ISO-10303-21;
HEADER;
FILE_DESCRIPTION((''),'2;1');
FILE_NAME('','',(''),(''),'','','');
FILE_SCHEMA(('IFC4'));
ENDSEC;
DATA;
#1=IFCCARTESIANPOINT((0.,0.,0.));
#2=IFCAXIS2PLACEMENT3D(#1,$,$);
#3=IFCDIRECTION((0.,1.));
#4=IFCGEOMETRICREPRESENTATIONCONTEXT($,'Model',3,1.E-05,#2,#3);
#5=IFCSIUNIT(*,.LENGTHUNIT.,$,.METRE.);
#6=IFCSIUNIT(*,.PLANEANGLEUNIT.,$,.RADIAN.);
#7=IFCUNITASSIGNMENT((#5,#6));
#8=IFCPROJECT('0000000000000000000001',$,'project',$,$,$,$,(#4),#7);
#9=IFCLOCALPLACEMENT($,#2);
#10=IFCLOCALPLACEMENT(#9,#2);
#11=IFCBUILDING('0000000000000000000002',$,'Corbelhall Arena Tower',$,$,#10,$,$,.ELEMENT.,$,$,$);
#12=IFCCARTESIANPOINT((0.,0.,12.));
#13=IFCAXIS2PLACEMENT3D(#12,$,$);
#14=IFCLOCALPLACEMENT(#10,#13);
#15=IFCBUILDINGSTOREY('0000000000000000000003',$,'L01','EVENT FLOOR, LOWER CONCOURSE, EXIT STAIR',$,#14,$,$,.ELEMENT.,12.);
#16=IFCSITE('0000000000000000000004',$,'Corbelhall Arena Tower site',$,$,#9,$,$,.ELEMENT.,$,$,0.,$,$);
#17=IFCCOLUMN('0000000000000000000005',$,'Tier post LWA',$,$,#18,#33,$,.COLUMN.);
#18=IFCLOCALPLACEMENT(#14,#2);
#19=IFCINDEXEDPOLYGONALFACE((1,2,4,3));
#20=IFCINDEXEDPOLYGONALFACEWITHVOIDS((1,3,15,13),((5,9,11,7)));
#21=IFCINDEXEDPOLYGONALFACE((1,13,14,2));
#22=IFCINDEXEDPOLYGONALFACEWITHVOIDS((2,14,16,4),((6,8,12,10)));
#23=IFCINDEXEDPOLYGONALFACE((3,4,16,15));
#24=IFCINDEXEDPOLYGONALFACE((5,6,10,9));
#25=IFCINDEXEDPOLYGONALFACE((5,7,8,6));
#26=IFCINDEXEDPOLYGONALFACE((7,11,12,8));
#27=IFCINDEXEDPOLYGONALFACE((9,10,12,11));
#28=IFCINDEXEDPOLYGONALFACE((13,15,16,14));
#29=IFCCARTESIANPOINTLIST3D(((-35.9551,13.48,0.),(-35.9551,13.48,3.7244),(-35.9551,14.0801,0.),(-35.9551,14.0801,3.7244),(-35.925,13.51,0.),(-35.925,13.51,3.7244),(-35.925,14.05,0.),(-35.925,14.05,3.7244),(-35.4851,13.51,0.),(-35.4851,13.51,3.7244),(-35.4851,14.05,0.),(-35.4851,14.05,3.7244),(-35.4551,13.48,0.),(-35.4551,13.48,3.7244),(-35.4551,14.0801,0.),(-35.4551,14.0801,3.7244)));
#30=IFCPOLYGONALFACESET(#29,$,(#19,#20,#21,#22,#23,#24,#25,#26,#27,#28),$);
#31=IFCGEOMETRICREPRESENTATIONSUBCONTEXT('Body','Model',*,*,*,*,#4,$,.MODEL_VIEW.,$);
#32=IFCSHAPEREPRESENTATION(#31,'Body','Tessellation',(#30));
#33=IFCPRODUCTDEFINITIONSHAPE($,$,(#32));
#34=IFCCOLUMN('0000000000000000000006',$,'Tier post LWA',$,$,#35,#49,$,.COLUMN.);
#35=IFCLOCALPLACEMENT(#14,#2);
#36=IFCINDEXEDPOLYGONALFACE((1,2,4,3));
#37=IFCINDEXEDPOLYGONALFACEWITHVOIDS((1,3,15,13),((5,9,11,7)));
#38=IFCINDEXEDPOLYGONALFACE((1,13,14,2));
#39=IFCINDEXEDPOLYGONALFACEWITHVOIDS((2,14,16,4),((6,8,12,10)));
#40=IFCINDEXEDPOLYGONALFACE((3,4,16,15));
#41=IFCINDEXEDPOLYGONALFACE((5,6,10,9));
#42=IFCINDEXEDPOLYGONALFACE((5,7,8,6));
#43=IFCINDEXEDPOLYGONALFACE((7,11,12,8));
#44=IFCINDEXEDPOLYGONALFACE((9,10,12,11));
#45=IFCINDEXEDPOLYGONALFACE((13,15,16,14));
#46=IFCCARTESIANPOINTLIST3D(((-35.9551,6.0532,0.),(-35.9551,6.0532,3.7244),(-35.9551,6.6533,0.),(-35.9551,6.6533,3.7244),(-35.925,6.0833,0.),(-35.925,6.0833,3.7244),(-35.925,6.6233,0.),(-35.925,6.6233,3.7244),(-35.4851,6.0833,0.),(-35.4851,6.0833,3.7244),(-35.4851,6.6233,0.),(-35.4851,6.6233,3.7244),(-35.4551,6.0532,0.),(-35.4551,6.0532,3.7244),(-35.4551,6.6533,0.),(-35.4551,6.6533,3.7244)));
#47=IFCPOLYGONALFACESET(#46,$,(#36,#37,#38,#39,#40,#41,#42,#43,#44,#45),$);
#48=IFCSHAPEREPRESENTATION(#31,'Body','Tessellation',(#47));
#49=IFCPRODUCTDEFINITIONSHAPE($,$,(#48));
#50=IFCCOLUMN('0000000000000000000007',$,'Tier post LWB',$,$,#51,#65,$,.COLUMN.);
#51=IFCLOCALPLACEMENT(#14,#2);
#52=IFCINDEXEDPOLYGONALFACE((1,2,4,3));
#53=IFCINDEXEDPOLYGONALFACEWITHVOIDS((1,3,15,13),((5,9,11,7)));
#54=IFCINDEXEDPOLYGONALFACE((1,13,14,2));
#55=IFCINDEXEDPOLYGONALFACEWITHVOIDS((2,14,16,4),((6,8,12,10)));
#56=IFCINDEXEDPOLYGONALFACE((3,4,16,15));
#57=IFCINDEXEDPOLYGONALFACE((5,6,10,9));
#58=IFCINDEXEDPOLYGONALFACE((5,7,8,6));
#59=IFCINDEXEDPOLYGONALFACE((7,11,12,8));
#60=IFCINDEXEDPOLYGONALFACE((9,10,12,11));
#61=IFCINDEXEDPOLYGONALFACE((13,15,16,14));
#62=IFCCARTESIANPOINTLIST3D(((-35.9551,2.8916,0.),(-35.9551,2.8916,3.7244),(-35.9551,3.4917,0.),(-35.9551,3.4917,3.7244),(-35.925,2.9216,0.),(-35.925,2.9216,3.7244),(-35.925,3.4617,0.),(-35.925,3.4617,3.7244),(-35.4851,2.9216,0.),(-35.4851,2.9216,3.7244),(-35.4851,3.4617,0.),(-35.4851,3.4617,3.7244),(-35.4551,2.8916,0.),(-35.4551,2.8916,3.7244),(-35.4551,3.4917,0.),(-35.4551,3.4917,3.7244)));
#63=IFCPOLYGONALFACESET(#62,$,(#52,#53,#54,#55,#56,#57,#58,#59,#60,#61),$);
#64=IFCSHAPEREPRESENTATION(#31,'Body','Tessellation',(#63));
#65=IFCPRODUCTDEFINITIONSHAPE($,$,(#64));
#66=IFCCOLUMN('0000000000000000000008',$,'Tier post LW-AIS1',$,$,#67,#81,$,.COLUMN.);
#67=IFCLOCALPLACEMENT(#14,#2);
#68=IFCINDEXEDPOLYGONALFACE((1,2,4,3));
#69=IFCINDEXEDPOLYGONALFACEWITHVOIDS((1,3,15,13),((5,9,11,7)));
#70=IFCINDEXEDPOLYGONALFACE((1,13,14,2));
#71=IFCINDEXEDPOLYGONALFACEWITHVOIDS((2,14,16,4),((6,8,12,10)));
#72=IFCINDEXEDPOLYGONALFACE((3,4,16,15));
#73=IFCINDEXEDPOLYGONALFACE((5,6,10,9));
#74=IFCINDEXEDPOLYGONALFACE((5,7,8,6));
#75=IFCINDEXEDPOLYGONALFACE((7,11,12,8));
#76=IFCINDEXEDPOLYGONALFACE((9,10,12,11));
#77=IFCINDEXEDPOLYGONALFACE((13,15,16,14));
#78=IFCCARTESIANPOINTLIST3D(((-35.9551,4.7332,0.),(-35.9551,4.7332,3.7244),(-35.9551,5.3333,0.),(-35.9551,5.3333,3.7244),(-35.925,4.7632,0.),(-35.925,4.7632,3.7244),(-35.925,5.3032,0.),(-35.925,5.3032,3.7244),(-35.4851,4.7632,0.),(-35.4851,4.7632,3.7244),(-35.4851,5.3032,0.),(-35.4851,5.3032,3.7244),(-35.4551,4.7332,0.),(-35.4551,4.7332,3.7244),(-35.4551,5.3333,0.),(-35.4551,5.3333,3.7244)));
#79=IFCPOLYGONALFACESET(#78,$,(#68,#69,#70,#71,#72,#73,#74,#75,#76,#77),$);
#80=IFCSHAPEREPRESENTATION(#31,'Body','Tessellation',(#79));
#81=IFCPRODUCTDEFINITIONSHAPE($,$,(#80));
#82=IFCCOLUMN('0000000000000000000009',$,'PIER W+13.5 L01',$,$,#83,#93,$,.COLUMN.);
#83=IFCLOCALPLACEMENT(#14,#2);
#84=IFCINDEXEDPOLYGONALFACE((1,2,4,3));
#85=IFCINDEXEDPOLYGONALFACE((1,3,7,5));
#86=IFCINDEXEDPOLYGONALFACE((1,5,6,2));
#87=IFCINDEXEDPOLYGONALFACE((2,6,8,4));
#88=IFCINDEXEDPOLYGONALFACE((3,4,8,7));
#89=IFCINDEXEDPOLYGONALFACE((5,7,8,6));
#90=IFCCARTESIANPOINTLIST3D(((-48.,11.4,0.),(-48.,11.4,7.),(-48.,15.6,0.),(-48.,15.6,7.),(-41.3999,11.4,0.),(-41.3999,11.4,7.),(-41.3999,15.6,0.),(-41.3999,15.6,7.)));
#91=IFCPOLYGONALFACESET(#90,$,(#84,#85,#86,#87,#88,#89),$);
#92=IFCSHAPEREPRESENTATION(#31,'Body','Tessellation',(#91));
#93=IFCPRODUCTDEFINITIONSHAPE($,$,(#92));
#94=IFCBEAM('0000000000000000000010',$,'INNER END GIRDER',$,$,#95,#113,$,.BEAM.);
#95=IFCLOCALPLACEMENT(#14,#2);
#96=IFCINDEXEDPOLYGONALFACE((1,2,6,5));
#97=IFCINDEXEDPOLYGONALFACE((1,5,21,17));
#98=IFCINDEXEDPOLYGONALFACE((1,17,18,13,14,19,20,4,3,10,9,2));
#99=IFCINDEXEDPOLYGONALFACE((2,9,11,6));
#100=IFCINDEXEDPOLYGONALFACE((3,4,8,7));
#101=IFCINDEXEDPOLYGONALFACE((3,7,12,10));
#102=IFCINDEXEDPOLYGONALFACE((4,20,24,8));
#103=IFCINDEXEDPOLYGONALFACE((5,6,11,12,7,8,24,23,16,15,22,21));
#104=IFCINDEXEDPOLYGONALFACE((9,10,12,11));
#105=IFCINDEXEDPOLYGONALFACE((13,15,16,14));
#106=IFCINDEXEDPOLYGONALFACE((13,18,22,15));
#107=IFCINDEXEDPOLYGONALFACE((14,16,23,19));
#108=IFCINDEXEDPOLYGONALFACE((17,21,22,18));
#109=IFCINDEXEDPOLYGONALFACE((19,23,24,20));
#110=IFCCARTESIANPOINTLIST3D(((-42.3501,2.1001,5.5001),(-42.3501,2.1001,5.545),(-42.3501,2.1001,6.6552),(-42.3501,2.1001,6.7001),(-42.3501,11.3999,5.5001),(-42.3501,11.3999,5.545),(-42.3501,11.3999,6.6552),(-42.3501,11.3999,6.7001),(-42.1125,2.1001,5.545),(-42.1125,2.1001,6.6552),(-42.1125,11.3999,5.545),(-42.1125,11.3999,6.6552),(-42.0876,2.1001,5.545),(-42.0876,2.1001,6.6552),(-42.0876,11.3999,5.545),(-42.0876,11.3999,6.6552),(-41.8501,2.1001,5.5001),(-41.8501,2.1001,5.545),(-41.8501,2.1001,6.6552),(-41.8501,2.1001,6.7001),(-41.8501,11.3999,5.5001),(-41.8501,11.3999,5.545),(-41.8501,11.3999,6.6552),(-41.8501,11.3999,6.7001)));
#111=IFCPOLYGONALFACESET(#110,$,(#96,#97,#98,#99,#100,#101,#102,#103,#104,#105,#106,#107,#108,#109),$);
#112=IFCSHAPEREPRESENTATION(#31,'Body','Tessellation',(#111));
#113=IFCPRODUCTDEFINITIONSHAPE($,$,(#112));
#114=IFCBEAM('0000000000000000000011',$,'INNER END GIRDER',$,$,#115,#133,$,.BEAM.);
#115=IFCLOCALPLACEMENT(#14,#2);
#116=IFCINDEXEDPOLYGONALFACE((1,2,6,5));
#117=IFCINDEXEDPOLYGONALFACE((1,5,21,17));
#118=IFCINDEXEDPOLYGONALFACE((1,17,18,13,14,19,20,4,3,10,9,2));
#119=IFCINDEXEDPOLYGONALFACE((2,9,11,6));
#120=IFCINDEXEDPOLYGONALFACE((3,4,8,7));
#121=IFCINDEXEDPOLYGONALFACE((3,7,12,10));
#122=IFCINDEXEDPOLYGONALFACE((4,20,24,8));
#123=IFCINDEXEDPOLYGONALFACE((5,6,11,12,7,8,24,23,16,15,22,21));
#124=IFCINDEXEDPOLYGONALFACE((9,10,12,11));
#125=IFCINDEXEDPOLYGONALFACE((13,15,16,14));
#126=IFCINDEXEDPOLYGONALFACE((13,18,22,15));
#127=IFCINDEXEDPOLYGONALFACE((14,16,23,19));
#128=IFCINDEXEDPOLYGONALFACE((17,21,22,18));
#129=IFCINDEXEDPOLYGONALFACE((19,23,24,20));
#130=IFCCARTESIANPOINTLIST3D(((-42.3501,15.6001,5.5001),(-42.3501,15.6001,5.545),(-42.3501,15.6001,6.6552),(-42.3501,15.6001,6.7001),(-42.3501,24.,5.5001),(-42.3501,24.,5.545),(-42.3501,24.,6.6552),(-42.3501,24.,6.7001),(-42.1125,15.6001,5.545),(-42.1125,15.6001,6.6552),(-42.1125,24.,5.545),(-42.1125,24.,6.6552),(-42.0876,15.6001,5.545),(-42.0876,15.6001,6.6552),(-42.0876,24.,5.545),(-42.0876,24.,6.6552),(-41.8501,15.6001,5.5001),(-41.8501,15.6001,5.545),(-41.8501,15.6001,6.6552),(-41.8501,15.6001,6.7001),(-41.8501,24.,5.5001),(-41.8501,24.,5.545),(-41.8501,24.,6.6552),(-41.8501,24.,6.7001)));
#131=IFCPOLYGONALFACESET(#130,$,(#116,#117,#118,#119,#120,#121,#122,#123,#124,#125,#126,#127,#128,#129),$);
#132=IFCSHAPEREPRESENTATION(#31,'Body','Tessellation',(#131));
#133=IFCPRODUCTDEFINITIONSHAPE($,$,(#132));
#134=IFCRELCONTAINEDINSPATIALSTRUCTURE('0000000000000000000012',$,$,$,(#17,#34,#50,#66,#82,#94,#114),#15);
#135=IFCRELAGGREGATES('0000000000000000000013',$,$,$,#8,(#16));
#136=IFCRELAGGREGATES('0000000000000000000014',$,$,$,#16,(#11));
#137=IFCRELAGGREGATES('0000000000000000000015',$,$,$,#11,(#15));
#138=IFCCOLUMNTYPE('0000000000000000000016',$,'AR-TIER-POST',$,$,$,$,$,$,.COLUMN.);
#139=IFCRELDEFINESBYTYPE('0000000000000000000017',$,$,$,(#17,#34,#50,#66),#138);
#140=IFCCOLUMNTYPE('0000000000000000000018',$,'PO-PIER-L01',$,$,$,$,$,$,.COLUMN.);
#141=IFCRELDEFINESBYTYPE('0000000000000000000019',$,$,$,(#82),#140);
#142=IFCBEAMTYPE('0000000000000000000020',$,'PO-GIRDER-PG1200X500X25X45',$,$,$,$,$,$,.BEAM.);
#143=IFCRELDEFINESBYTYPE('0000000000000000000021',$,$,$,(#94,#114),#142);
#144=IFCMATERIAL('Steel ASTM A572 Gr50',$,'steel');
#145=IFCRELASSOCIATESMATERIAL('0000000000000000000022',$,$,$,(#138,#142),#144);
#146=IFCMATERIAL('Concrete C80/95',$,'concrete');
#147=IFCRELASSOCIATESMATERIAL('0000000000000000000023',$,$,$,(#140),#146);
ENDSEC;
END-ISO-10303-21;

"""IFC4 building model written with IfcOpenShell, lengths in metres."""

from ifc_helpers import new_model, si_unit, direction, frame, origin, origin_2d, place, context, subcontext, project, spatial, rectangle, hollow_rectangle, i_section, extrude, material, material_profile, profile_set, type_object, element, save


model = new_model("IFC4")

# Units and contexts
model_context = context("Model", 3, precision=1e-05, world=origin(), true_north=direction((0.0, 1.0)))
body_context = subcontext(model_context, "Body", "Model", "MODEL_VIEW")
ifc_project = project(units=[si_unit("LENGTHUNIT", "METRE"), si_unit("PLANEANGLEUNIT", "RADIAN")], contexts=[model_context])

# Site, building, storey
site_placement = place(None, origin())
site = spatial("IfcSite", under=ifc_project, at=site_placement, Name="Corbelhall Arena Tower site", CompositionType="ELEMENT", RefElevation=0.0)
building_placement = place(site_placement, origin())
building = spatial("IfcBuilding", under=site, at=building_placement, Name="Corbelhall Arena Tower", CompositionType="ELEMENT")
storey_placement = place(building_placement, frame((0.0, 0.0, 12.0)))
storey = spatial("IfcBuildingStorey", under=building, at=storey_placement, Name="L01", Description="EVENT FLOOR, LOWER CONCOURSE, EXIT STAIR", CompositionType="ELEMENT", Elevation=12.0)

# Columns
ifc_material_1 = material(Name="Steel ASTM A572 Gr50", Category="steel")
ifc_material_profile_1 = material_profile(ifc_material_1, hollow_rectangle(XDim=0.5, YDim=0.6001, WallThickness=0.03, at=origin_2d()))
ifc_profile_set_1 = profile_set([ifc_material_profile_1], Name="Steel ASTM A572 Gr50")
column_type_1 = type_object("IfcColumnType", Name="AR-TIER-POST", PredefinedType="COLUMN", material=ifc_profile_set_1)
for number, where, z_axis, x_axis, name in (
    (1, (-35.7051, 13.78, 0.0), (0.0, 0.0, 1.0), (1.0, 0.0, 0.0), "Tier post LWA"),
    (2, (-35.7051, 6.3533, 0.0), (0.0, 0.0, 1.0), (1.0, 0.0, 0.0), "Tier post LWA"),
    (3, (-35.7051, 3.1917, 0.0), (0.0, 0.0, 1.0), (1.0, 0.0, 0.0), "Tier post LWB"),
    (4, (-35.7051, 5.0332, 0.0), (0.0, 0.0, 1.0), (1.0, 0.0, 0.0), "Tier post LW-AIS1"),
):
    element("IfcColumn", number, at=place(storey_placement, frame(where, z_axis=z_axis, x_axis=x_axis)), inside=storey, type_object=column_type_1, Name=name, PredefinedType="COLUMN", context=body_context, shape_type="SweptSolid", body=[
        extrude(hollow_rectangle(XDim=0.5, YDim=0.6001, WallThickness=0.03, at=origin_2d()), origin(), (0.0, 0.0, 1.0), 3.7244),
    ])
ifc_material_2 = material(Name="Concrete C80/95", Category="concrete")
ifc_material_profile_2 = material_profile(ifc_material_2, rectangle(XDim=4.2, YDim=6.6001, at=origin_2d()))
ifc_profile_set_2 = profile_set([ifc_material_profile_2], Name="Concrete C80/95")
column_type_2 = type_object("IfcColumnType", Name="PO-PIER-L01", PredefinedType="COLUMN", material=ifc_profile_set_2)
column_placement = place(storey_placement, frame((-44.7, 13.5, 0.0), z_axis=(0.0, 0.0, 1.0), x_axis=(0.0, 1.0, 0.0)))
element("IfcColumn", 5, at=column_placement, inside=storey, type_object=column_type_2, Name="PIER W+13.5 L01", PredefinedType="COLUMN", context=body_context, shape_type="SweptSolid", body=[
    extrude(rectangle(XDim=4.2, YDim=6.6001, at=origin_2d()), origin(), (0.0, 0.0, 1.0), 7.0),
])

# Beams
ifc_material_profile_3 = material_profile(ifc_material_1, i_section(OverallWidth=0.5, OverallDepth=1.2, WebThickness=0.0249, FlangeThickness=0.0449, at=origin_2d()))
ifc_profile_set_3 = profile_set([ifc_material_profile_3], Name="Steel ASTM A572 Gr50")
beam_type = type_object("IfcBeamType", Name="PO-GIRDER-PG1200X500X25X45", PredefinedType="BEAM", material=ifc_profile_set_3)
beam_1_placement = place(storey_placement, frame((-42.1001, 2.1001, 6.1001), z_axis=(0.0, 1.0, 0.0), x_axis=(-1.0, 0.0, 0.0)))
element("IfcBeam", 6, at=beam_1_placement, inside=storey, type_object=beam_type, Name="INNER END GIRDER", PredefinedType="BEAM", context=body_context, shape_type="SweptSolid", body=[
    extrude(i_section(OverallWidth=0.5, OverallDepth=1.2, WebThickness=0.0249, FlangeThickness=0.0449, at=origin_2d()), origin(), (0.0, 0.0, 1.0), 9.2998),
])
beam_2_placement = place(storey_placement, frame((-42.1001, 15.6001, 6.1001), z_axis=(0.0, 1.0, 0.0), x_axis=(-1.0, 0.0, 0.0)))
element("IfcBeam", 7, at=beam_2_placement, inside=storey, type_object=beam_type, Name="INNER END GIRDER", PredefinedType="BEAM", context=body_context, shape_type="SweptSolid", body=[
    extrude(i_section(OverallWidth=0.5, OverallDepth=1.2, WebThickness=0.0249, FlangeThickness=0.0449, at=origin_2d()), origin(), (0.0, 0.0, 1.0), 8.3999),
])

save(model, "model.ifc")
